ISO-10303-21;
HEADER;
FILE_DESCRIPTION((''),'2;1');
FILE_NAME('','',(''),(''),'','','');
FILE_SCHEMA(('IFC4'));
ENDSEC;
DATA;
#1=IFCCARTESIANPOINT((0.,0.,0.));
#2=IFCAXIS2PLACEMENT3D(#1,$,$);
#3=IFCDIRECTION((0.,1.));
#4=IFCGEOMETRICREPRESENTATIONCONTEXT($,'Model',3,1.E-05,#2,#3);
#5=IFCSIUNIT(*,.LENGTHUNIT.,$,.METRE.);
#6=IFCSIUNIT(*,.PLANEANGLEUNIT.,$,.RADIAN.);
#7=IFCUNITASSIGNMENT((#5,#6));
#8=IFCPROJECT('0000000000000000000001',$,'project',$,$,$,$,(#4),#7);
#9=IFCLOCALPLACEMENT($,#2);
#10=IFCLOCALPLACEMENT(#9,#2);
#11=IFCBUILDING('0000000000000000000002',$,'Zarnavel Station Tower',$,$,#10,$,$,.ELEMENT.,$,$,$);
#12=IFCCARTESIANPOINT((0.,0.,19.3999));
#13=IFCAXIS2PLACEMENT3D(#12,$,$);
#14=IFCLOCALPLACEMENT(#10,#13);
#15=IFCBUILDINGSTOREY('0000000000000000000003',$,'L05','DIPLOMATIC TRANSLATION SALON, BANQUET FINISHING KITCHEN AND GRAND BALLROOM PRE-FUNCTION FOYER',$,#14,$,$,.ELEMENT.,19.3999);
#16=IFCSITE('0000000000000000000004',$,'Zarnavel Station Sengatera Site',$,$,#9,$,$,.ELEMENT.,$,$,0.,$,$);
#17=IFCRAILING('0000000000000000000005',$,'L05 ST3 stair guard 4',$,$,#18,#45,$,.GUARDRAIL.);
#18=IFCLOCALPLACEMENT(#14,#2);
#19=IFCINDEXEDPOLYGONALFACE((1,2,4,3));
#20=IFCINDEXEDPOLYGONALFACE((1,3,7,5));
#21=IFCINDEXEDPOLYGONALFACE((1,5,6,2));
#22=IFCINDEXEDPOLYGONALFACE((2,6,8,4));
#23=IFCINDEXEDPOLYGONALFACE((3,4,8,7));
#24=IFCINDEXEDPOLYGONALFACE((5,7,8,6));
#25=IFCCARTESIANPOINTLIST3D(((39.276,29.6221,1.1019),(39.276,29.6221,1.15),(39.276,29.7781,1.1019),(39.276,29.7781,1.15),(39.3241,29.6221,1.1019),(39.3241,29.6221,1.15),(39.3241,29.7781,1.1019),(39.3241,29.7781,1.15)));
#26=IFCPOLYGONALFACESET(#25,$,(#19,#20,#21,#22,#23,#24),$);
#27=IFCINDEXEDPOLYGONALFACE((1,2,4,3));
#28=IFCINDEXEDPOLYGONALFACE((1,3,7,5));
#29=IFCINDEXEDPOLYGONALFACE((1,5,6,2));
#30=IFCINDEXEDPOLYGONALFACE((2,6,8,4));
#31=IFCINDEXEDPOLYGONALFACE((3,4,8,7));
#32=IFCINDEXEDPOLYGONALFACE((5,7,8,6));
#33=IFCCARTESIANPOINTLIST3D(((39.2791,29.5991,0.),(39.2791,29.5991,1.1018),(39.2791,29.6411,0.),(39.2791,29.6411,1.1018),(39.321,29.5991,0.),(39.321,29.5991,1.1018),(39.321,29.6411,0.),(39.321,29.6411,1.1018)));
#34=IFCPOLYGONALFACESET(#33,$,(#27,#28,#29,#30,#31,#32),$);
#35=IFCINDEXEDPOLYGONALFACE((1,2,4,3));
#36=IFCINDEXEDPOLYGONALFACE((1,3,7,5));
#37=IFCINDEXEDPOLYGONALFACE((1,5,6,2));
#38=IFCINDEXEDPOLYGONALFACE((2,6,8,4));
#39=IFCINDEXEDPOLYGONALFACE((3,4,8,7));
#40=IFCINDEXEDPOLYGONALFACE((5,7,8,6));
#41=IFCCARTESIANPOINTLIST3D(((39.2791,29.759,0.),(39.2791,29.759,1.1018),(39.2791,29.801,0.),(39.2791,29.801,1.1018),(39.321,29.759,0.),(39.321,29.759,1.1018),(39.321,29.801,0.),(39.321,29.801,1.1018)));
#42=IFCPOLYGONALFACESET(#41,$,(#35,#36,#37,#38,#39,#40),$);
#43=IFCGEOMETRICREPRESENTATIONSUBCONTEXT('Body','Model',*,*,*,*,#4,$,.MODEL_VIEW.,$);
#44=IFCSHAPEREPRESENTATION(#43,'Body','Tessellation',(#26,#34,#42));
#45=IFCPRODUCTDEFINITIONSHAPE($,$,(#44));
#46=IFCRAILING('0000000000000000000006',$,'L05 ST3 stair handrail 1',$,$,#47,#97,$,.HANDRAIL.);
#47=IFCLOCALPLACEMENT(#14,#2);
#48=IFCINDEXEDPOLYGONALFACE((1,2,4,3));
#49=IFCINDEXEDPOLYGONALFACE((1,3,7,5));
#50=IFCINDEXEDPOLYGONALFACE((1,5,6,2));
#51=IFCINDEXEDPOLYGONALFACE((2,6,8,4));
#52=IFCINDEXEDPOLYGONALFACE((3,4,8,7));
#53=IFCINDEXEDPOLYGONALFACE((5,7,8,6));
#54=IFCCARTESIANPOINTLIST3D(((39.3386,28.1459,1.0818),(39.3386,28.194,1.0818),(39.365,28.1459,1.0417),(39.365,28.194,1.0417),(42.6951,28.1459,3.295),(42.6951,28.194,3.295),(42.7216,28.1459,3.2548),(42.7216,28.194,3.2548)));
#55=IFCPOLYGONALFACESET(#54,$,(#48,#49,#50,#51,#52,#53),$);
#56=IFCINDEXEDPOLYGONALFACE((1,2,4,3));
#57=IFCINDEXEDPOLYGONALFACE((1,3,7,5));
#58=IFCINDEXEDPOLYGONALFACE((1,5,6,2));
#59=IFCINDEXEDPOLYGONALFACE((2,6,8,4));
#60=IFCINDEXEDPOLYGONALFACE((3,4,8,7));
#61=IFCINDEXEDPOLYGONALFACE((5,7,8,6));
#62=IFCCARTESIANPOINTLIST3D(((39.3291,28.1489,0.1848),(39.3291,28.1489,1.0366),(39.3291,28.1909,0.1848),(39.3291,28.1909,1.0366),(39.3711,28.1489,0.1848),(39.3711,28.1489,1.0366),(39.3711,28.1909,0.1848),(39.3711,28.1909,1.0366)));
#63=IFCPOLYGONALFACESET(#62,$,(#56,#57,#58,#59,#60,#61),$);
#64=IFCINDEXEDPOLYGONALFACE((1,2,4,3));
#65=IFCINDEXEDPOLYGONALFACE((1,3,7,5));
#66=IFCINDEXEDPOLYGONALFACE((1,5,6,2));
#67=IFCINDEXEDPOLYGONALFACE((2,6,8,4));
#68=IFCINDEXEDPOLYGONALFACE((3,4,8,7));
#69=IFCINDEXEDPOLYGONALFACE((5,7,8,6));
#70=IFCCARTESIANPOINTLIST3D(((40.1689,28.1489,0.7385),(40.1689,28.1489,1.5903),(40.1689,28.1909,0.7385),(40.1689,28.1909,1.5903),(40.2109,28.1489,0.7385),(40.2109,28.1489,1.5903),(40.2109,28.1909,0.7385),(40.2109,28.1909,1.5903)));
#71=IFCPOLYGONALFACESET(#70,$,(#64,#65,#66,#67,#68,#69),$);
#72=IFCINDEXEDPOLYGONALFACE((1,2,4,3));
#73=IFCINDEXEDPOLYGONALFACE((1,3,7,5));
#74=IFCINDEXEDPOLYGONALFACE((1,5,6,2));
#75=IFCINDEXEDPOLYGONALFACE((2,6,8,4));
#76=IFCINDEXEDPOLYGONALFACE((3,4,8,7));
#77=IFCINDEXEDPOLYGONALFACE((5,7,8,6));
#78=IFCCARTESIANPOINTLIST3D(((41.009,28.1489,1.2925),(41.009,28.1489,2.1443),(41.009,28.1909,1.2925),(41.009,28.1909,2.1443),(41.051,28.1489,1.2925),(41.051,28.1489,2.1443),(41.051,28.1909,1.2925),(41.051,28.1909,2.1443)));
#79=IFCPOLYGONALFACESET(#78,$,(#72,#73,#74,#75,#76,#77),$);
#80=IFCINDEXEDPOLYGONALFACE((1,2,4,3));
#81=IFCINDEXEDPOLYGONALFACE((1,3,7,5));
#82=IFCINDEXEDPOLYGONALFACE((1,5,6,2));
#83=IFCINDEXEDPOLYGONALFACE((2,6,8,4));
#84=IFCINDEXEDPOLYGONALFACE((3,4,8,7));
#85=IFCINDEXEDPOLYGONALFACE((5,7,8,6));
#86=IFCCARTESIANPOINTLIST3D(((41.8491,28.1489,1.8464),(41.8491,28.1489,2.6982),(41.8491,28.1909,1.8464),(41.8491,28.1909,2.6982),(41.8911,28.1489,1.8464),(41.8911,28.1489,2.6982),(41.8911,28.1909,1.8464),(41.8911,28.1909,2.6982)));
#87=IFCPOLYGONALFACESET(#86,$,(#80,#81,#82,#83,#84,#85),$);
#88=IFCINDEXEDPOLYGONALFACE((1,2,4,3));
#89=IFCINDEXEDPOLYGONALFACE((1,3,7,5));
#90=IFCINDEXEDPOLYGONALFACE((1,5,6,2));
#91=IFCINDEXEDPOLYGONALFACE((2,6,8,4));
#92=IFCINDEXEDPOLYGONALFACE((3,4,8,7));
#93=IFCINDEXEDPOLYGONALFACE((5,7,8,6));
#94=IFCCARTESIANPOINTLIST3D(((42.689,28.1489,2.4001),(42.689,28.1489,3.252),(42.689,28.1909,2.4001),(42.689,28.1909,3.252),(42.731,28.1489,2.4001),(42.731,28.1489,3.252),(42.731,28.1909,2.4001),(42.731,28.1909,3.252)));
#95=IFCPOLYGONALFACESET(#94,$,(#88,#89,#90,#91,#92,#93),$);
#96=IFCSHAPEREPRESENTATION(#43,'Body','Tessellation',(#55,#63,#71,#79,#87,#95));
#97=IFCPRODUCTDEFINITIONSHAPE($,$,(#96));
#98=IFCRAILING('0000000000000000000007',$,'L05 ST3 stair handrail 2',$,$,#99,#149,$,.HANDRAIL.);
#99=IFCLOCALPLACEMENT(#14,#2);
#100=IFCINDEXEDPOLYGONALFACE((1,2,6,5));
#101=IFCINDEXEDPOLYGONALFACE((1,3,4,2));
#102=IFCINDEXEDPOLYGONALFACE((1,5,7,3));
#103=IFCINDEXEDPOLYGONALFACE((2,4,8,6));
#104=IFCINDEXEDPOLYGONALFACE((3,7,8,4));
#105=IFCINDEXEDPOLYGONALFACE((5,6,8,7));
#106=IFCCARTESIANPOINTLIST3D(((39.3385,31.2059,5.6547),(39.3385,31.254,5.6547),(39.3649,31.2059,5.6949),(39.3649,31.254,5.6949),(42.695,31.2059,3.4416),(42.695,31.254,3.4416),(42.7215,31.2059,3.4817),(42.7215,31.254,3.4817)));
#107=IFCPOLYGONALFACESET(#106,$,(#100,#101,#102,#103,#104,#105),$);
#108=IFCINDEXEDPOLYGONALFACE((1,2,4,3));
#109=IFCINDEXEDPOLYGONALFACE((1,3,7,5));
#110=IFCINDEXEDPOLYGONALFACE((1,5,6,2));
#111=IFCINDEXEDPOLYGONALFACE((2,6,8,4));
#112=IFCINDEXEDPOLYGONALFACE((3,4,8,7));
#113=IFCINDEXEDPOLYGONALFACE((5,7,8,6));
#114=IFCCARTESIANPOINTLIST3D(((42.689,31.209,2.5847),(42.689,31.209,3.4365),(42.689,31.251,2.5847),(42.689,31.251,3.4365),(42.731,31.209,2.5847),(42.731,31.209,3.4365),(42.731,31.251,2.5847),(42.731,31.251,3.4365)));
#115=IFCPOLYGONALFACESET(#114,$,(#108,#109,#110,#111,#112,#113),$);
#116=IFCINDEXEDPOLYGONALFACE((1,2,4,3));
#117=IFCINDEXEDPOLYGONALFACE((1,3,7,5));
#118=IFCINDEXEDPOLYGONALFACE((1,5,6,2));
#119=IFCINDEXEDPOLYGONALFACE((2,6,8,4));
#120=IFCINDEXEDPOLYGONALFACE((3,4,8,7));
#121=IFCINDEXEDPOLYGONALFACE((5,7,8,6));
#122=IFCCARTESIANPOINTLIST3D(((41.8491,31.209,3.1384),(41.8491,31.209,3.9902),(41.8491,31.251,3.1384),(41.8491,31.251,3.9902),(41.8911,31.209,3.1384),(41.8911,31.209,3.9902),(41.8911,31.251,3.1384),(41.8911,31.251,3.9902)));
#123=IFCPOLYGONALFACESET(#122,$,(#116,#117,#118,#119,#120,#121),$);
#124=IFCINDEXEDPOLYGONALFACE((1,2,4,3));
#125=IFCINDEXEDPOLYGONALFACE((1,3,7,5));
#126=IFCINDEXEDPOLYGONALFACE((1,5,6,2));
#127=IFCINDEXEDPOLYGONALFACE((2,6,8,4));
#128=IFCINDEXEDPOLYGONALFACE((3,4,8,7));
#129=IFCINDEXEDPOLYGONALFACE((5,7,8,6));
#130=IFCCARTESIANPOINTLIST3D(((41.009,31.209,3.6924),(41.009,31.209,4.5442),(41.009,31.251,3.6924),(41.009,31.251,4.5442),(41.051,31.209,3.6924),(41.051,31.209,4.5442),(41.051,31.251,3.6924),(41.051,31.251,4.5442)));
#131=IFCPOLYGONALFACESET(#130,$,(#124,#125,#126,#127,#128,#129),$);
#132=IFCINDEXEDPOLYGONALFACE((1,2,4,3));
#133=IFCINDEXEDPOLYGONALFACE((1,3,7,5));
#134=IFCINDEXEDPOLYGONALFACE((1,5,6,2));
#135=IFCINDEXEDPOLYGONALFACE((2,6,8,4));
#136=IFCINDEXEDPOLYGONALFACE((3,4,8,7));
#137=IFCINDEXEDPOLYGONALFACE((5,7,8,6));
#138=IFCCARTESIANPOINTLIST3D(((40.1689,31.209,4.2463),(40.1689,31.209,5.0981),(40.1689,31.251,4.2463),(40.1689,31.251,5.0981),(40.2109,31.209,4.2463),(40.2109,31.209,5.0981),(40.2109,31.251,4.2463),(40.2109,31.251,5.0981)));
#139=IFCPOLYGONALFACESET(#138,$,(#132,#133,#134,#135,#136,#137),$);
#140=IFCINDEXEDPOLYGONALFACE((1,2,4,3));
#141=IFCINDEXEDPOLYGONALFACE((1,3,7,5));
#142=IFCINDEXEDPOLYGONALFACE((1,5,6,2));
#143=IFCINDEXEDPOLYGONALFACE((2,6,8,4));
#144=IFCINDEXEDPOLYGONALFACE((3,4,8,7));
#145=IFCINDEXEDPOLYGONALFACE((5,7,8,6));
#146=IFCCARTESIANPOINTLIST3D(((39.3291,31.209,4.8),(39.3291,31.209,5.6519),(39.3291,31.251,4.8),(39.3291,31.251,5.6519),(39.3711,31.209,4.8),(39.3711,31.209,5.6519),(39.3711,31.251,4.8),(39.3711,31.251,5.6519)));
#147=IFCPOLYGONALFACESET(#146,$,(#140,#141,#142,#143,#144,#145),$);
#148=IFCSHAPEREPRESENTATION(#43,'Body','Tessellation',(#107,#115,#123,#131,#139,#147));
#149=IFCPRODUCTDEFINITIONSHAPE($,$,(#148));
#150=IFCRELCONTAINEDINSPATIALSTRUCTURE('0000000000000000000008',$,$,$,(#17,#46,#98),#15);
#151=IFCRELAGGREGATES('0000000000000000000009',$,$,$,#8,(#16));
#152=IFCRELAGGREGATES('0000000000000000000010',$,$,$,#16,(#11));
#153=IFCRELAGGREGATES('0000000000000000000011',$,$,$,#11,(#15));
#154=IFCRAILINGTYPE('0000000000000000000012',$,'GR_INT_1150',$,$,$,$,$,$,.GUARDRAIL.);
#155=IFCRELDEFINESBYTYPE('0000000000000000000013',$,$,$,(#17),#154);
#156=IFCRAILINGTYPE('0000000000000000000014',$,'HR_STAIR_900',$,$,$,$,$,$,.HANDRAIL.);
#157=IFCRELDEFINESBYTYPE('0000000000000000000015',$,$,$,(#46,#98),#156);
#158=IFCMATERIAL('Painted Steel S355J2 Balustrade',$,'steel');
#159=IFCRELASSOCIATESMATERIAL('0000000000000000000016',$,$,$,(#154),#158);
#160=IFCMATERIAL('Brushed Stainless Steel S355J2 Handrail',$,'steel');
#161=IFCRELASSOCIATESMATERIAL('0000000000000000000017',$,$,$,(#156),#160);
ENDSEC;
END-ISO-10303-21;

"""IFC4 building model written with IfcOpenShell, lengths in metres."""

from ifc_helpers import new_model, si_unit, direction, frame, origin, origin_2d, place, context, subcontext, project, spatial, rectangle, extrude, material, type_object, element, save


model = new_model("IFC4")

# Units and contexts
model_context = context("Model", 3, precision=1e-05, world=origin(), true_north=direction((0.0, 1.0)))
body_context = subcontext(model_context, "Body", "Model", "MODEL_VIEW")
ifc_project = project(units=[si_unit("LENGTHUNIT", "METRE"), si_unit("PLANEANGLEUNIT", "RADIAN")], contexts=[model_context])

# Site, building, storey
site_placement = place(None, origin())
site = spatial("IfcSite", under=ifc_project, at=site_placement, Name="Zarnavel Station Sengatera Site", CompositionType="ELEMENT", RefElevation=0.0)
building_placement = place(site_placement, origin())
building = spatial("IfcBuilding", under=site, at=building_placement, Name="Zarnavel Station Tower", CompositionType="ELEMENT")
storey_placement = place(building_placement, frame((0.0, 0.0, 19.3999)))
storey = spatial("IfcBuildingStorey", under=building, at=storey_placement, Name="L05", Description="DIPLOMATIC TRANSLATION SALON, BANQUET FINISHING KITCHEN AND GRAND BALLROOM PRE-FUNCTION FOYER", CompositionType="ELEMENT", Elevation=19.3999)

# Railings
ifc_material_1 = material(Name="Painted Steel S355J2 Balustrade", Category="steel")
railing_type_1 = type_object("IfcRailingType", Name="GR_INT_1150", PredefinedType="GUARDRAIL", material=ifc_material_1)
railing_1_placement = place(storey_placement, frame((39.3, 29.6201, 0.0)))
element("IfcRailing", 1, at=railing_1_placement, inside=storey, type_object=railing_type_1, Name="L05 ST3 stair guard 4", PredefinedType="GUARDRAIL", context=body_context, shape_type="SweptSolid", body=[
    extrude(rectangle(XDim=0.0481, YDim=0.0481, at=origin_2d()), frame((0.0, 0.002, 1.126), z_axis=(0.0, 1.0, 0.0), x_axis=(-1.0, 0.0, 0.0)), (0.0, 0.0, 1.0), 0.156),
    extrude(rectangle(XDim=0.042, YDim=0.042, at=origin_2d()), origin(), (0.0, 0.0, 1.0), 1.1018),
    extrude(rectangle(XDim=0.042, YDim=0.042, at=origin_2d()), frame((0.0, 0.1599, 0.0)), (0.0, 0.0, 1.0), 1.1018),
])
ifc_material_2 = material(Name="Brushed Stainless Steel S355J2 Handrail", Category="steel")
railing_type_2 = type_object("IfcRailingType", Name="HR_STAIR_900", PredefinedType="HANDRAIL", material=ifc_material_2)
railing_2_placement = place(storey_placement, frame((39.3501, 28.1699, 0.1848)))
element("IfcRailing", 2, at=railing_2_placement, inside=storey, type_object=railing_type_2, Name="L05 ST3 stair handrail 1", PredefinedType="HANDRAIL", context=body_context, shape_type="SweptSolid", body=[
    extrude(rectangle(XDim=0.0481, YDim=0.0481, at=origin_2d()), frame((0.0017, 0.0, 0.877), z_axis=(0.834858, 0.0, 0.550465), x_axis=(0.0, 1.0, 0.0)), (0.0, 0.0, 1.0), 4.0205),
    extrude(rectangle(XDim=0.042, YDim=0.042, at=origin_2d()), origin(), (0.0, 0.0, 1.0), 0.8518),
    extrude(rectangle(XDim=0.042, YDim=0.042, at=origin_2d()), frame((0.8398, 0.0, 0.5537)), (0.0, 0.0, 1.0), 0.8518),
    extrude(rectangle(XDim=0.042, YDim=0.042, at=origin_2d()), frame((1.6799, 0.0, 1.1077)), (0.0, 0.0, 1.0), 0.8518),
    extrude(rectangle(XDim=0.042, YDim=0.042, at=origin_2d()), frame((2.52, 0.0, 1.6616)), (0.0, 0.0, 1.0), 0.8518),
    extrude(rectangle(XDim=0.042, YDim=0.042, at=origin_2d()), frame((3.3599, 0.0, 2.2153)), (0.0, 0.0, 1.0), 0.8518),
])
railing_3_placement = place(storey_placement, frame((42.71, 31.23, 2.5847)))
element("IfcRailing", 3, at=railing_3_placement, inside=storey, type_object=railing_type_2, Name="L05 ST3 stair handrail 2", PredefinedType="HANDRAIL", context=body_context, shape_type="SweptSolid", body=[
    extrude(rectangle(XDim=0.0481, YDim=0.0481, at=origin_2d()), frame((-0.0017, 0.0, 0.877), z_axis=(-0.834858, 0.0, 0.550465), x_axis=(0.0, -1.0, 0.0)), (0.0, 0.0, 1.0), 4.0205),
    extrude(rectangle(XDim=0.042, YDim=0.042, at=origin_2d()), origin(), (0.0, 0.0, 1.0), 0.8518),
    extrude(rectangle(XDim=0.042, YDim=0.042, at=origin_2d()), frame((-0.8398, 0.0, 0.5537)), (0.0, 0.0, 1.0), 0.8518),
    extrude(rectangle(XDim=0.042, YDim=0.042, at=origin_2d()), frame((-1.6799, 0.0, 1.1077)), (0.0, 0.0, 1.0), 0.8518),
    extrude(rectangle(XDim=0.042, YDim=0.042, at=origin_2d()), frame((-2.52, 0.0, 1.6616)), (0.0, 0.0, 1.0), 0.8518),
    extrude(rectangle(XDim=0.042, YDim=0.042, at=origin_2d()), frame((-3.3599, 0.0, 2.2153)), (0.0, 0.0, 1.0), 0.8518),
])

save(model, "model.ifc")
